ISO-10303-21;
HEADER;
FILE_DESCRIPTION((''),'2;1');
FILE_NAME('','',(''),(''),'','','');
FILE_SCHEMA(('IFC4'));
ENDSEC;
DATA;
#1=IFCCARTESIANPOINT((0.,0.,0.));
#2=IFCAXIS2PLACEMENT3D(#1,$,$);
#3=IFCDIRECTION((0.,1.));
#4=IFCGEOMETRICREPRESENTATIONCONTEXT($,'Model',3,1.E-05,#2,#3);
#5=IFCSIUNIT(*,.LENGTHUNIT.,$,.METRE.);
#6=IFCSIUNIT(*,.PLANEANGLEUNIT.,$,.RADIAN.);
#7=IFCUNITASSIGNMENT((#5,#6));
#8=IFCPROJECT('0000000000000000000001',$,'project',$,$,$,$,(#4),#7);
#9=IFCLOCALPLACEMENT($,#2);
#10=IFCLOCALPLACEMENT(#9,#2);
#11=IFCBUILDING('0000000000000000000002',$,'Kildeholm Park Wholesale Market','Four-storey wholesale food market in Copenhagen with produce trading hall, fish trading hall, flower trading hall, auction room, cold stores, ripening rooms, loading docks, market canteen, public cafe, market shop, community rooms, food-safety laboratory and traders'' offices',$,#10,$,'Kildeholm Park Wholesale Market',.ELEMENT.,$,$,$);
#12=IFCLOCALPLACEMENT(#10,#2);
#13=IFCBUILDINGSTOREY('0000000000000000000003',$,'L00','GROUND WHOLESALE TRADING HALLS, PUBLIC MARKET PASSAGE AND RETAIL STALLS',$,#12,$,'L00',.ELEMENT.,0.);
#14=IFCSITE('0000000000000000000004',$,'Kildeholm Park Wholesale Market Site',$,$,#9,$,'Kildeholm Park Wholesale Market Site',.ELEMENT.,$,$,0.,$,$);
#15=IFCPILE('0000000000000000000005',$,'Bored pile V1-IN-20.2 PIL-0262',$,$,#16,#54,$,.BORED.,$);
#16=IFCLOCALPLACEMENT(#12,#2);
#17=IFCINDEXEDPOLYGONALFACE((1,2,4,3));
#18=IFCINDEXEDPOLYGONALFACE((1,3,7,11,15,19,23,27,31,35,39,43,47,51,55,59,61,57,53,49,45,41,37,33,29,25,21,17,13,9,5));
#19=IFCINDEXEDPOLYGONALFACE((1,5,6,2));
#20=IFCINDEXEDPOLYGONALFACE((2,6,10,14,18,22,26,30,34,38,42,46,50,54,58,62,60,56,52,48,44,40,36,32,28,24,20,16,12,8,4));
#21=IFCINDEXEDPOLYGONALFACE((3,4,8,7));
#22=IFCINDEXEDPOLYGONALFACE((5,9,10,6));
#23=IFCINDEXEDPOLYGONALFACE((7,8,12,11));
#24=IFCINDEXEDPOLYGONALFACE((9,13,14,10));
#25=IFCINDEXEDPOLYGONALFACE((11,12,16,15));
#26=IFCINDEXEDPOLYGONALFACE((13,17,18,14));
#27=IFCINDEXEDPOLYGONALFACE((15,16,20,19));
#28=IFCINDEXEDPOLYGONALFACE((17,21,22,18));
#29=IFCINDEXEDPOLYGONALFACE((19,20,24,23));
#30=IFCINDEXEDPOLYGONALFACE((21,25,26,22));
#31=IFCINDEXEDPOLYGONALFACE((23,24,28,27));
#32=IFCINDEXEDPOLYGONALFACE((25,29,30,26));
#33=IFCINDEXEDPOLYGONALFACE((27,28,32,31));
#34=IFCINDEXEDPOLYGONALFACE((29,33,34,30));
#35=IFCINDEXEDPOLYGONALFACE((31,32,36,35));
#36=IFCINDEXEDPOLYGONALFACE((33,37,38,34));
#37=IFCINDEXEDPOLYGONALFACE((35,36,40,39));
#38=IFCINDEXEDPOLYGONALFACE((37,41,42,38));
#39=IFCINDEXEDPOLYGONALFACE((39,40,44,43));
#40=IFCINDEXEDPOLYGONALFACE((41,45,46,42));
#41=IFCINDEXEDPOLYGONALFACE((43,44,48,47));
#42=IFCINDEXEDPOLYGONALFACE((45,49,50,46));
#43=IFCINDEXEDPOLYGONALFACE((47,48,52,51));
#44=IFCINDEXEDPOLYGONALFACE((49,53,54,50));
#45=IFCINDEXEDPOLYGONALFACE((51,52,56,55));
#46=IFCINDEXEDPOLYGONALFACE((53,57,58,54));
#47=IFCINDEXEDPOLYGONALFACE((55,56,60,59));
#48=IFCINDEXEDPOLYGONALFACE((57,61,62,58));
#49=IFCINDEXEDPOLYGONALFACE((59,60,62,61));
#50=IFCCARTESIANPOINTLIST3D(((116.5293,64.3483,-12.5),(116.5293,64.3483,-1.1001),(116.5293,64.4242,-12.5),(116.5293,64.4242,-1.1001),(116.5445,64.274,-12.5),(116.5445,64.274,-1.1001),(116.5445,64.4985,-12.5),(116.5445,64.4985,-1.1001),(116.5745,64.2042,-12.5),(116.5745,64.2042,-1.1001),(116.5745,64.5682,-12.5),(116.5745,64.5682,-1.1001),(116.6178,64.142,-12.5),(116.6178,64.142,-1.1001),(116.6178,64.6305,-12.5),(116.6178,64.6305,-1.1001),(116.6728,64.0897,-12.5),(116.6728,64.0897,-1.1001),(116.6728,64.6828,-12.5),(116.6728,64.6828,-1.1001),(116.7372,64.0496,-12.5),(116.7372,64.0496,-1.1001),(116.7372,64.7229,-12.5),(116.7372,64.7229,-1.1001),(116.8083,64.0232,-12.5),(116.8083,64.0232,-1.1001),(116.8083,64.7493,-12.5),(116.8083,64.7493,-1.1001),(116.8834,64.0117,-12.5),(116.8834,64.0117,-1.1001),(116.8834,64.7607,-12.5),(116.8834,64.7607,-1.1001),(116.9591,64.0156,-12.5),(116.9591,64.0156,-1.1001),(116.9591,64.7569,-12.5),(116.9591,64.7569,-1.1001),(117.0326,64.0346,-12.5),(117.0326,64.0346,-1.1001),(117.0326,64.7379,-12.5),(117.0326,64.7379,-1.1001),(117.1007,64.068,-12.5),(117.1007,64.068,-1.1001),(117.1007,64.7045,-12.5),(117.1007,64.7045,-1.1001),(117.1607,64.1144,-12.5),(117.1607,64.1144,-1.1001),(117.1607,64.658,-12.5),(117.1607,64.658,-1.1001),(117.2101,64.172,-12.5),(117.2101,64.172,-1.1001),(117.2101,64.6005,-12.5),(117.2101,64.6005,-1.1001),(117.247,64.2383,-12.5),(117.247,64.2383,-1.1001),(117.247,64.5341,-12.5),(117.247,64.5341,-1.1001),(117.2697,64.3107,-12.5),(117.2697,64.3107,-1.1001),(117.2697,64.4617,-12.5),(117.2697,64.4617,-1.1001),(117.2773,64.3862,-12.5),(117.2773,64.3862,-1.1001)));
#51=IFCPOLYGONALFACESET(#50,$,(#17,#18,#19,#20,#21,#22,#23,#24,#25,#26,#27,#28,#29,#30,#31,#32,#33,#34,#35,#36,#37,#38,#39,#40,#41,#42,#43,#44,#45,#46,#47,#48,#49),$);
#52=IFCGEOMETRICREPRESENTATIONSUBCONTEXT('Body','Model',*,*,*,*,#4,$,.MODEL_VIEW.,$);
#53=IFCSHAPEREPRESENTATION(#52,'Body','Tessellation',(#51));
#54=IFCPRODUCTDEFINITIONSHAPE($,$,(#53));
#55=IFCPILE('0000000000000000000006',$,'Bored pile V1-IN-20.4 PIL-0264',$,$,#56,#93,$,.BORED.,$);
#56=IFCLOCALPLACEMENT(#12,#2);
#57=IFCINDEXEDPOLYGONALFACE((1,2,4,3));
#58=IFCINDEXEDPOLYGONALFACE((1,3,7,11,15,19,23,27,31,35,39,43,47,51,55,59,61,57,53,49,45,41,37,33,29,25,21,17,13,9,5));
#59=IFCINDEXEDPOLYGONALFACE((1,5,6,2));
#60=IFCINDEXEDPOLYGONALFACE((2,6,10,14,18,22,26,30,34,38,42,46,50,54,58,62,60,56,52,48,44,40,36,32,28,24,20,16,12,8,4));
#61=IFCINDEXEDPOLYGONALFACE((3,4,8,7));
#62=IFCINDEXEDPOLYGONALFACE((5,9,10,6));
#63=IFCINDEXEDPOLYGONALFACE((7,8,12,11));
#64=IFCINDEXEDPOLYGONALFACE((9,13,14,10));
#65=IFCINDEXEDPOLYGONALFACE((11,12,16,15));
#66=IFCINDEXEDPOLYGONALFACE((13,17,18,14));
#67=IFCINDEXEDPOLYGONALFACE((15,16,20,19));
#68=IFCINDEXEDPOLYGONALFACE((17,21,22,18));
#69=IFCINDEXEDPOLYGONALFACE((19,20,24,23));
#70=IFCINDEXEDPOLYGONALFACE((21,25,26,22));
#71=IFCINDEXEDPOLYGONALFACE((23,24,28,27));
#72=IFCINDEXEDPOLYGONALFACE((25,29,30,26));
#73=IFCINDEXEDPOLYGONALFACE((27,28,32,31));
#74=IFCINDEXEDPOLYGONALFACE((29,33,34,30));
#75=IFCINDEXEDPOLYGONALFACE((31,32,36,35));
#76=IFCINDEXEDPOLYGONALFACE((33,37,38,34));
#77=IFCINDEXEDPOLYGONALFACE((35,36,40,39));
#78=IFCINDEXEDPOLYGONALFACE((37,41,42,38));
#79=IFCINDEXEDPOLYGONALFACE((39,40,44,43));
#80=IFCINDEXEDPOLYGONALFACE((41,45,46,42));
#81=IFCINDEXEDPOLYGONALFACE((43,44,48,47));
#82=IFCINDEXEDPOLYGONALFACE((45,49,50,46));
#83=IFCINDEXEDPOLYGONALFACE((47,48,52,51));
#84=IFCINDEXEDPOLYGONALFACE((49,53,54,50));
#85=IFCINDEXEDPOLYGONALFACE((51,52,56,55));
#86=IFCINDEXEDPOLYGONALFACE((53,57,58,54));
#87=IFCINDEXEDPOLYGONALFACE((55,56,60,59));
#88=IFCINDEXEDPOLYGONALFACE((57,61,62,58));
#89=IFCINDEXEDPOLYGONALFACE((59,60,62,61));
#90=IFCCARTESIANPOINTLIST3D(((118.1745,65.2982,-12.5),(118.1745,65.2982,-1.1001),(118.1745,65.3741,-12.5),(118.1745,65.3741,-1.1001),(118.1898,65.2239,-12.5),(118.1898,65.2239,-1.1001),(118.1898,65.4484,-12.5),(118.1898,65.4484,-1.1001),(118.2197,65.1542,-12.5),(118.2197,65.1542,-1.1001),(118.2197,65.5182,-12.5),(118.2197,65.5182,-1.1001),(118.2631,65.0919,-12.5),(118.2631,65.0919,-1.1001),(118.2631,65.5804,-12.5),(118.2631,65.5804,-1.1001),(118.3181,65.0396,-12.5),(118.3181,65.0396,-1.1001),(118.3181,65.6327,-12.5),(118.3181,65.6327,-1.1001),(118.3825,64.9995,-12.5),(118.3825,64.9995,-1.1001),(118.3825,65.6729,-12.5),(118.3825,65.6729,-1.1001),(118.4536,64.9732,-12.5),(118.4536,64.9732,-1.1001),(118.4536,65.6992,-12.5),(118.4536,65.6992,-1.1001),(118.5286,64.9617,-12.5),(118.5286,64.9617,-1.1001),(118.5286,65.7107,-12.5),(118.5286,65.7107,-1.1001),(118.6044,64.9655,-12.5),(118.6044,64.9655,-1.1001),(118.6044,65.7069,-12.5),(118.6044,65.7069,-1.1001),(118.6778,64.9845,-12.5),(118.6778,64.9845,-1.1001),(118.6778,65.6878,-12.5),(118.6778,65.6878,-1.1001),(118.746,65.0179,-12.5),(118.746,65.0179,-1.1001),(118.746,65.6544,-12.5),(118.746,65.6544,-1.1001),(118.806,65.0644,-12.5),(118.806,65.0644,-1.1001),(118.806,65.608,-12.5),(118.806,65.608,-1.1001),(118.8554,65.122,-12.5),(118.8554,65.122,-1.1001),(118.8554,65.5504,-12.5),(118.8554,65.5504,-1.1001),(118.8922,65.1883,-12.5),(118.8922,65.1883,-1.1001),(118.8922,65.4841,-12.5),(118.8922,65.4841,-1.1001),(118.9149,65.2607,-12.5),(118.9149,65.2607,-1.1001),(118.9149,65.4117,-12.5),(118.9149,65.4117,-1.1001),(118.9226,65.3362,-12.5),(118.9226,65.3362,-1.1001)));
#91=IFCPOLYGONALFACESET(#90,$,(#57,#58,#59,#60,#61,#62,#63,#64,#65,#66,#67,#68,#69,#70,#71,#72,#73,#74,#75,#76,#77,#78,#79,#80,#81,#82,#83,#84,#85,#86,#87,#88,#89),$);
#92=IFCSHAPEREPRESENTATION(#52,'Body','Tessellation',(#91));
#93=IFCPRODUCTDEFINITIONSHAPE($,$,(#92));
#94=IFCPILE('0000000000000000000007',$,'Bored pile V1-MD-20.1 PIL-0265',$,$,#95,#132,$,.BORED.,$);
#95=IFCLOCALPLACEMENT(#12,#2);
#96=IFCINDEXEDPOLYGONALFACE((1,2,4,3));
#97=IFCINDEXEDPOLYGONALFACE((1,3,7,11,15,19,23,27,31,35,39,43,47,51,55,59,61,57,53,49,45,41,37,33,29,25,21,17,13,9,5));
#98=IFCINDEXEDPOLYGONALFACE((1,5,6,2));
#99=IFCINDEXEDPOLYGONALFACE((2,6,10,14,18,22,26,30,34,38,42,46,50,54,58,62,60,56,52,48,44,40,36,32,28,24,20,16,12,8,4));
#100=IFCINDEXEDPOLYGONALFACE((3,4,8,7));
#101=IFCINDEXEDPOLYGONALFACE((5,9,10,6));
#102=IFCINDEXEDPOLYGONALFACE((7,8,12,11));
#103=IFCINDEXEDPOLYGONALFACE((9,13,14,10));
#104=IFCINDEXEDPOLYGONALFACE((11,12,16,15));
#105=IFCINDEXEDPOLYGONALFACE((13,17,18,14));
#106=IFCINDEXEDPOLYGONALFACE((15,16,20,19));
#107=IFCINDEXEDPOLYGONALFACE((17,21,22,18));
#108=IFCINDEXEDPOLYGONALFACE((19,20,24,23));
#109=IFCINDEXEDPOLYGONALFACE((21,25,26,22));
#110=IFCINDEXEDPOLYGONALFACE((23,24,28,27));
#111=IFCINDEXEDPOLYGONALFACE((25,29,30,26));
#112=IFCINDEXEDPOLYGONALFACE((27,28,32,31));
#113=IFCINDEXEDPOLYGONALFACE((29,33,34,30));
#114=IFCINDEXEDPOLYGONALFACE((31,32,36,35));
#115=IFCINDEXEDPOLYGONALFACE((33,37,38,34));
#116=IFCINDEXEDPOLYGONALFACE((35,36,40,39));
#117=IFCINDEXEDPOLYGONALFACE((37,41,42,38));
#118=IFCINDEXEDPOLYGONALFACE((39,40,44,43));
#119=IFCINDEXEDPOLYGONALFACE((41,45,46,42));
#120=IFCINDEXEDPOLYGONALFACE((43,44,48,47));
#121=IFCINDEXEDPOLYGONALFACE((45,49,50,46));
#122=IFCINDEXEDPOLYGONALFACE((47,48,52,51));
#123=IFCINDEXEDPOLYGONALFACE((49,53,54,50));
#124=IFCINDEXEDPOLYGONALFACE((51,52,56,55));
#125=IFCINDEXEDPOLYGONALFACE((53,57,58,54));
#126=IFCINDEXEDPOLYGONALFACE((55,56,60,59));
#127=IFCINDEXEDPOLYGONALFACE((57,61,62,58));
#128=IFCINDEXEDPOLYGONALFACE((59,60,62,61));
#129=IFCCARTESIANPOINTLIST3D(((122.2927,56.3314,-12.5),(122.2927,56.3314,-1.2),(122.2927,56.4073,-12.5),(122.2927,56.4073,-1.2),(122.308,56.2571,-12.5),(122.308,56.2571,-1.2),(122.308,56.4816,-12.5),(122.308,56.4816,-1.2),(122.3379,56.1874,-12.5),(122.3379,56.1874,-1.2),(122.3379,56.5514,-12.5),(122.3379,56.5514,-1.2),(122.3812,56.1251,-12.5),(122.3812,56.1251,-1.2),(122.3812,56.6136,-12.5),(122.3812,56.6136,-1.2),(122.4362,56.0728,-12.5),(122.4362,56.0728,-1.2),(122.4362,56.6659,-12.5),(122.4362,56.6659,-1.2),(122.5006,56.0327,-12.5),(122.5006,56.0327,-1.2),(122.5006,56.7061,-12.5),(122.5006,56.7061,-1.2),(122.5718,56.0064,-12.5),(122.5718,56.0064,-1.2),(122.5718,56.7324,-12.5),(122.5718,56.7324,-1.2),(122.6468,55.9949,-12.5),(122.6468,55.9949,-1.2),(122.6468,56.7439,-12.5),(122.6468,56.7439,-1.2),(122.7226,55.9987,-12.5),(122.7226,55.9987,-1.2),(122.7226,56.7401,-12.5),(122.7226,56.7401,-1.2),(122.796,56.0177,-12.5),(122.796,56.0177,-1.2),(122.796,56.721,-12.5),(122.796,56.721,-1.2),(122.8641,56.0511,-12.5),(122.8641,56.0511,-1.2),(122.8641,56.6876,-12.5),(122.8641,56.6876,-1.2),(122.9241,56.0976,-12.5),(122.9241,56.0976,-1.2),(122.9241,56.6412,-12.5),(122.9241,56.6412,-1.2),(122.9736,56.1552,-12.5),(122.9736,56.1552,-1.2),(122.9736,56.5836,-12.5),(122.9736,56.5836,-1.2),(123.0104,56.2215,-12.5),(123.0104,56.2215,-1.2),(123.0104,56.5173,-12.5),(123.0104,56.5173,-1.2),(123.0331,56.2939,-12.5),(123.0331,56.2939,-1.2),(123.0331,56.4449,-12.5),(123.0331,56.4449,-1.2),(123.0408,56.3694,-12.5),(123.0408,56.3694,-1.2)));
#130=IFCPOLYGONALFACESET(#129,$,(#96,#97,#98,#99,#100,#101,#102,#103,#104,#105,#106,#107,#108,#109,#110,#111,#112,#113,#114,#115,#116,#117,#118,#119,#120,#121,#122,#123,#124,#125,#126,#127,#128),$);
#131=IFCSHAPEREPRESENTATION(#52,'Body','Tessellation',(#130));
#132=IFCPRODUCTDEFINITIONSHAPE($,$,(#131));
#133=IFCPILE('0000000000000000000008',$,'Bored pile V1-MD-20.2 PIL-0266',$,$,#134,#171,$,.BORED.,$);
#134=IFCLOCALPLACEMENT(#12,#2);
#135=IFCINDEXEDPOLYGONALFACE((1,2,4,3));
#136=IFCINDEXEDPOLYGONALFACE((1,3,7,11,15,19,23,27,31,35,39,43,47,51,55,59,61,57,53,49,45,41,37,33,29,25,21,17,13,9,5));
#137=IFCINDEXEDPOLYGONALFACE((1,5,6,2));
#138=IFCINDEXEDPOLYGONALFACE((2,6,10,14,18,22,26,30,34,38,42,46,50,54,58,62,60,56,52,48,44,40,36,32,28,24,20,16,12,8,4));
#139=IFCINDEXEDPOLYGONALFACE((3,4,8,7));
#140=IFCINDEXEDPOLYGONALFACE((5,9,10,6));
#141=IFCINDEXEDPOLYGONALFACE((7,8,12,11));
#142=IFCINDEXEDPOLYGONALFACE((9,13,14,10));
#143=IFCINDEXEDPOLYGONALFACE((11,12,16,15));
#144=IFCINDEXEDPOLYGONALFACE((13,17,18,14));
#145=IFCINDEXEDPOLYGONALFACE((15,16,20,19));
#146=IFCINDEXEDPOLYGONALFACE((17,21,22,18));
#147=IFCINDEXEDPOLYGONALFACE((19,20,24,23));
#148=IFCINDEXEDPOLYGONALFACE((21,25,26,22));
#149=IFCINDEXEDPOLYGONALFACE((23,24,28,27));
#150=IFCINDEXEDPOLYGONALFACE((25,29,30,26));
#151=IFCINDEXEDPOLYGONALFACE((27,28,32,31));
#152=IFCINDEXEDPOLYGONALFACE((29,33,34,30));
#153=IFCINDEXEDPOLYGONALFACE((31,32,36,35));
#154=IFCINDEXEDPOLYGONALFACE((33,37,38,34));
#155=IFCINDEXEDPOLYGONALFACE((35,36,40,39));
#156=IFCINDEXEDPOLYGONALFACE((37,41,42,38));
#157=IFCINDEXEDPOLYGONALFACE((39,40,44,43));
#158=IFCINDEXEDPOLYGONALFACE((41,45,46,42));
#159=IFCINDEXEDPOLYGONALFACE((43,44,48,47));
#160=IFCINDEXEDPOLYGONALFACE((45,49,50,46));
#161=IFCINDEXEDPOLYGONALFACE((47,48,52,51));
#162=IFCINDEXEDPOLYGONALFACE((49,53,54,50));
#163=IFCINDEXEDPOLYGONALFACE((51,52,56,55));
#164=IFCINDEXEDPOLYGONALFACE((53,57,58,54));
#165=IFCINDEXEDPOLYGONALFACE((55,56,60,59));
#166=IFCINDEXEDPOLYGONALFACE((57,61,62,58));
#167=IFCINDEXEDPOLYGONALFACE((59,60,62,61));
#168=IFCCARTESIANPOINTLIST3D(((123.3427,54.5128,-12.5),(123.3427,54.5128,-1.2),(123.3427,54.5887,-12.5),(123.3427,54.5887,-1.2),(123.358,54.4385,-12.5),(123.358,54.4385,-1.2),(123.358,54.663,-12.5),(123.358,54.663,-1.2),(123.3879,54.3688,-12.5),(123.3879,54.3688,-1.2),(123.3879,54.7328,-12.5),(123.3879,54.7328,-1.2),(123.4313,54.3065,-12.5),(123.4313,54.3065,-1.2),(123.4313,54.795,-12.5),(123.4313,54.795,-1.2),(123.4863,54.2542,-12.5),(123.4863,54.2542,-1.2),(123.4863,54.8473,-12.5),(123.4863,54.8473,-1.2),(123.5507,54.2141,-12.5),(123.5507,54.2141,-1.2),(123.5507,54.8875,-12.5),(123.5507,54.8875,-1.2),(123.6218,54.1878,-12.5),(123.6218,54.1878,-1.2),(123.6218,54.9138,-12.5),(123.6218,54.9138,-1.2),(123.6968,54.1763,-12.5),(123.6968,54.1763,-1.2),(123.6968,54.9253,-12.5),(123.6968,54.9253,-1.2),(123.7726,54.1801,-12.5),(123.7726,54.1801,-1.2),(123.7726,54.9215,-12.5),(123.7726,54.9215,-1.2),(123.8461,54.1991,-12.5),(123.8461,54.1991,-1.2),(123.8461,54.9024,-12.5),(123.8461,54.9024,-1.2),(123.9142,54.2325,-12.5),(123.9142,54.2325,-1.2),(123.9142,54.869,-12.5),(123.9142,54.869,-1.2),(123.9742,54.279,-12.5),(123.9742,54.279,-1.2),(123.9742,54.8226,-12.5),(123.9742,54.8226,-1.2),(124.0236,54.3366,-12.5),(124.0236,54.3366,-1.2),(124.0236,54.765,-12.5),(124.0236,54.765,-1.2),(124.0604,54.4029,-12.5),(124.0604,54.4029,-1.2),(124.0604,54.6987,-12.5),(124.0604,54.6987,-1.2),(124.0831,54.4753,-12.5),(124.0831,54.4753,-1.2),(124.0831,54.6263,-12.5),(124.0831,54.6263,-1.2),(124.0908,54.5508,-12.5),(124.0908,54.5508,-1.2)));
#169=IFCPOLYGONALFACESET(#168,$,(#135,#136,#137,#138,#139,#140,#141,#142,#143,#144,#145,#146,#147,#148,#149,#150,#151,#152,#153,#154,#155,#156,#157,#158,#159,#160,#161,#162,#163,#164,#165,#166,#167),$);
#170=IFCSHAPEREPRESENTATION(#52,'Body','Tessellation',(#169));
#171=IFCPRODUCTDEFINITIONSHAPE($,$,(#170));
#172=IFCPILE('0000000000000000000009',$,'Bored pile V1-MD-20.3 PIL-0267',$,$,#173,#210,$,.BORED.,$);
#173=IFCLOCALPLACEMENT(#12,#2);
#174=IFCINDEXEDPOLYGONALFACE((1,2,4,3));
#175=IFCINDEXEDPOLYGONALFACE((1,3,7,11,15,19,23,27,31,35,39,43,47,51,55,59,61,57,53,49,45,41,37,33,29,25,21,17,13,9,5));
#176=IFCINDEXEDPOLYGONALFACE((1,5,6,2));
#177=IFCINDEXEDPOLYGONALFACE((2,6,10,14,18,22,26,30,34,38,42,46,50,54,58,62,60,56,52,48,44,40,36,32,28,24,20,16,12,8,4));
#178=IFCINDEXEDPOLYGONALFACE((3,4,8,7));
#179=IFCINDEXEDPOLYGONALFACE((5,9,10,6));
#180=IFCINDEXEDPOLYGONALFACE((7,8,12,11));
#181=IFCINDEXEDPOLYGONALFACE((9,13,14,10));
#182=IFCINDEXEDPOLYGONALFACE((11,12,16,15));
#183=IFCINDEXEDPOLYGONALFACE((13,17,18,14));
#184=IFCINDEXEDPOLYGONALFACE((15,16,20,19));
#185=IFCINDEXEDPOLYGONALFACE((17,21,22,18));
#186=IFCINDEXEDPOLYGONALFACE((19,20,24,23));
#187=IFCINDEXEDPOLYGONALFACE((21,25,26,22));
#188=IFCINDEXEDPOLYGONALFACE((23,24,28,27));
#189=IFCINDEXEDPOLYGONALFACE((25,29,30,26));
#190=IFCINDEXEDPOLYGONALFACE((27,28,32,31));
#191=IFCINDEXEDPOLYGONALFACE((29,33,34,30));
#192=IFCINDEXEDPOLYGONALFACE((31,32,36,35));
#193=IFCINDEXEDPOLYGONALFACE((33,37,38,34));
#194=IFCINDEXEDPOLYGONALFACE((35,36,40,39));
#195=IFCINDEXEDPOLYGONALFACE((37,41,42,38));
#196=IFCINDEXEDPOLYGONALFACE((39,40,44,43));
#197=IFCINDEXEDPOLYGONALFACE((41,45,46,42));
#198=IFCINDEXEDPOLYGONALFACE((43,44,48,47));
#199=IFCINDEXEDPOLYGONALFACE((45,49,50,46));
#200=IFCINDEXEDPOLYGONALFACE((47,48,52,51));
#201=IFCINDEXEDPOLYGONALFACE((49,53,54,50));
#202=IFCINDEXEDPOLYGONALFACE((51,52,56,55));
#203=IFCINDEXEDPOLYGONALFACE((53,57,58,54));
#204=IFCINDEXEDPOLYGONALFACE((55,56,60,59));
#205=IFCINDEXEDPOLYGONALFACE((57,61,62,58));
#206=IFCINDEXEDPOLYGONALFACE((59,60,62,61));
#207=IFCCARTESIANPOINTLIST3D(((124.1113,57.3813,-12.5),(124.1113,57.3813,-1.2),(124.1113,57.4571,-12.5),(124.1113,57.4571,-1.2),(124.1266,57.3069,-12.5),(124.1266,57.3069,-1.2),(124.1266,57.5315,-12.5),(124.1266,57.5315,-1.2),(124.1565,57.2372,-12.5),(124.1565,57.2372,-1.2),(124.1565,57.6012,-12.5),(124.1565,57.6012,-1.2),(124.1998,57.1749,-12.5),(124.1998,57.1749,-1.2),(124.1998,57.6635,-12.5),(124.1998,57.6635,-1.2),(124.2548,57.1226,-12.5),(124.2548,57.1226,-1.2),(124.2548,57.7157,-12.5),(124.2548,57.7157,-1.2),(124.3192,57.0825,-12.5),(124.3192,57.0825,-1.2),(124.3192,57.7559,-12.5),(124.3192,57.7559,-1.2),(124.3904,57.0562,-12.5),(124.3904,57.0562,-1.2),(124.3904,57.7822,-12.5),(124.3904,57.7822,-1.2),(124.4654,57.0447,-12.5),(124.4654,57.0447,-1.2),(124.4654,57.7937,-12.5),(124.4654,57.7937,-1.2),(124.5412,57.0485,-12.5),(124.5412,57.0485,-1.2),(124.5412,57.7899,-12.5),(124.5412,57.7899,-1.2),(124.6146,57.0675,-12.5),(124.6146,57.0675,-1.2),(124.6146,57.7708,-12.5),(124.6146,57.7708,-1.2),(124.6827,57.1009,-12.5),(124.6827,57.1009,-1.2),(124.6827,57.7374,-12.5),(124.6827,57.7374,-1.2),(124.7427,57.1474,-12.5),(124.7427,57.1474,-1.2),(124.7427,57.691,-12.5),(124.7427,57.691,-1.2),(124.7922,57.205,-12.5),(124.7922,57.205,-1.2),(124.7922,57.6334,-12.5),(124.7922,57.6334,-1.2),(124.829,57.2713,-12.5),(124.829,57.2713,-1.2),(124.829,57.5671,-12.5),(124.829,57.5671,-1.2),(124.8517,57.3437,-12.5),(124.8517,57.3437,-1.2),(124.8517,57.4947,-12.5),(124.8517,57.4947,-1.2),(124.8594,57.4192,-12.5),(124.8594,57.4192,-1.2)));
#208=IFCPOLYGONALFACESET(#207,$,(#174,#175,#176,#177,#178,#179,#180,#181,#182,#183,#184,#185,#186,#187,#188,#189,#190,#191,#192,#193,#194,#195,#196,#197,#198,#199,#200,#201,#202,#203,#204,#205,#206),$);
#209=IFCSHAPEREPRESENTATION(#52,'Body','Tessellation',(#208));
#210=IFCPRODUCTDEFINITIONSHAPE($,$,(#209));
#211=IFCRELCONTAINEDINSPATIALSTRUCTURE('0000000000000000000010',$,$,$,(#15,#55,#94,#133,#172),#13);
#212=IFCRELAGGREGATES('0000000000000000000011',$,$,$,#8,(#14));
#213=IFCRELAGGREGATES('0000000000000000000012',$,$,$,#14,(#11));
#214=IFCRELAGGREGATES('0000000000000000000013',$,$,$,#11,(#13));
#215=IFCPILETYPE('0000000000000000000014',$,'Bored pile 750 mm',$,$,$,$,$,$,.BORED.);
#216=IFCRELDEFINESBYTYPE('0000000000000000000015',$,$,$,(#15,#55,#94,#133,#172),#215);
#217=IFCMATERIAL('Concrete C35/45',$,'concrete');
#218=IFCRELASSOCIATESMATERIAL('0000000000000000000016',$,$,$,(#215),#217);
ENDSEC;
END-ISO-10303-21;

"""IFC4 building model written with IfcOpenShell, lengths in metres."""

from ifc_helpers import new_model, si_unit, direction, frame, origin, origin_2d, place, context, subcontext, project, spatial, circle, extrude, material, material_profile, profile_set, type_object, element, save


model = new_model("IFC4")

# Units and contexts
model_context = context("Model", 3, precision=1e-05, world=origin(), true_north=direction((0.0, 1.0)))
body_context = subcontext(model_context, "Body", "Model", "MODEL_VIEW")
ifc_project = project(units=[si_unit("LENGTHUNIT", "METRE"), si_unit("PLANEANGLEUNIT", "RADIAN")], contexts=[model_context])

# Site, building, storey
site_placement = place(None, origin())
site = spatial("IfcSite", under=ifc_project, at=site_placement, Name="Kildeholm Park Wholesale Market Site", LongName="Kildeholm Park Wholesale Market Site", CompositionType="ELEMENT", RefElevation=0.0)
building_placement = place(site_placement, origin())
building = spatial("IfcBuilding", under=site, at=building_placement, Name="Kildeholm Park Wholesale Market", Description="Four-storey wholesale food market in Copenhagen with produce trading hall, fish trading hall, flower trading hall, auction room, cold stores, ripening rooms, loading docks, market canteen, public cafe, market shop, community rooms, food-safety laboratory and traders' offices", LongName="Kildeholm Park Wholesale Market", CompositionType="ELEMENT")
storey_placement = place(building_placement, origin())
storey = spatial("IfcBuildingStorey", under=building, at=storey_placement, Name="L00", Description="GROUND WHOLESALE TRADING HALLS, PUBLIC MARKET PASSAGE AND RETAIL STALLS", LongName="L00", CompositionType="ELEMENT", Elevation=0.0)

# Piles
ifc_material_1 = material(Name="Concrete C35/45", Category="concrete")
ifc_material_profile_1 = material_profile(ifc_material_1, circle(Radius=0.375, at=origin_2d()), Name="PILE D750")
ifc_profile_set_1 = profile_set([ifc_material_profile_1], Name="Concrete C35/45")
pile_type_1 = type_object("IfcPileType", Name="Bored pile 750 mm", PredefinedType="BORED", material=ifc_profile_set_1)
for number, where, z_axis, x_axis, name in (
    (1, (116.9023, 64.3862, -1.1001), (0.0, 0.0, -1.0), (1.0, 0.0, 0.0), "Bored pile V1-IN-20.2 PIL-0262"),
    (2, (118.5476, 65.3362, -1.1001), (0.0, 0.0, -1.0), (1.0, 0.0, 0.0), "Bored pile V1-IN-20.4 PIL-0264"),
):
    element("IfcPile", number, at=place(storey_placement, frame(where, z_axis=z_axis, x_axis=x_axis)), inside=storey, type_object=pile_type_1, Name=name, PredefinedType="BORED", context=body_context, shape_type="SweptSolid", body=[
        extrude(circle(Radius=0.375, at=origin_2d()), origin(), (0.0, 0.0, 1.0), 11.3999),
    ])
for number, where, z_axis, x_axis, name in (
    (3, (122.6658, 56.3694, -1.2), (0.0, 0.0, -1.0), (1.0, 0.0, 0.0), "Bored pile V1-MD-20.1 PIL-0265"),
    (4, (123.7158, 54.5508, -1.2), (0.0, 0.0, -1.0), (1.0, 0.0, 0.0), "Bored pile V1-MD-20.2 PIL-0266"),
    (5, (124.4844, 57.4192, -1.2), (0.0, 0.0, -1.0), (1.0, 0.0, 0.0), "Bored pile V1-MD-20.3 PIL-0267"),
):
    element("IfcPile", number, at=place(storey_placement, frame(where, z_axis=z_axis, x_axis=x_axis)), inside=storey, type_object=pile_type_1, Name=name, PredefinedType="BORED", context=body_context, shape_type="SweptSolid", body=[
        extrude(circle(Radius=0.375, at=origin_2d()), origin(), (0.0, 0.0, 1.0), 11.3),
    ])

save(model, "model.ifc")
